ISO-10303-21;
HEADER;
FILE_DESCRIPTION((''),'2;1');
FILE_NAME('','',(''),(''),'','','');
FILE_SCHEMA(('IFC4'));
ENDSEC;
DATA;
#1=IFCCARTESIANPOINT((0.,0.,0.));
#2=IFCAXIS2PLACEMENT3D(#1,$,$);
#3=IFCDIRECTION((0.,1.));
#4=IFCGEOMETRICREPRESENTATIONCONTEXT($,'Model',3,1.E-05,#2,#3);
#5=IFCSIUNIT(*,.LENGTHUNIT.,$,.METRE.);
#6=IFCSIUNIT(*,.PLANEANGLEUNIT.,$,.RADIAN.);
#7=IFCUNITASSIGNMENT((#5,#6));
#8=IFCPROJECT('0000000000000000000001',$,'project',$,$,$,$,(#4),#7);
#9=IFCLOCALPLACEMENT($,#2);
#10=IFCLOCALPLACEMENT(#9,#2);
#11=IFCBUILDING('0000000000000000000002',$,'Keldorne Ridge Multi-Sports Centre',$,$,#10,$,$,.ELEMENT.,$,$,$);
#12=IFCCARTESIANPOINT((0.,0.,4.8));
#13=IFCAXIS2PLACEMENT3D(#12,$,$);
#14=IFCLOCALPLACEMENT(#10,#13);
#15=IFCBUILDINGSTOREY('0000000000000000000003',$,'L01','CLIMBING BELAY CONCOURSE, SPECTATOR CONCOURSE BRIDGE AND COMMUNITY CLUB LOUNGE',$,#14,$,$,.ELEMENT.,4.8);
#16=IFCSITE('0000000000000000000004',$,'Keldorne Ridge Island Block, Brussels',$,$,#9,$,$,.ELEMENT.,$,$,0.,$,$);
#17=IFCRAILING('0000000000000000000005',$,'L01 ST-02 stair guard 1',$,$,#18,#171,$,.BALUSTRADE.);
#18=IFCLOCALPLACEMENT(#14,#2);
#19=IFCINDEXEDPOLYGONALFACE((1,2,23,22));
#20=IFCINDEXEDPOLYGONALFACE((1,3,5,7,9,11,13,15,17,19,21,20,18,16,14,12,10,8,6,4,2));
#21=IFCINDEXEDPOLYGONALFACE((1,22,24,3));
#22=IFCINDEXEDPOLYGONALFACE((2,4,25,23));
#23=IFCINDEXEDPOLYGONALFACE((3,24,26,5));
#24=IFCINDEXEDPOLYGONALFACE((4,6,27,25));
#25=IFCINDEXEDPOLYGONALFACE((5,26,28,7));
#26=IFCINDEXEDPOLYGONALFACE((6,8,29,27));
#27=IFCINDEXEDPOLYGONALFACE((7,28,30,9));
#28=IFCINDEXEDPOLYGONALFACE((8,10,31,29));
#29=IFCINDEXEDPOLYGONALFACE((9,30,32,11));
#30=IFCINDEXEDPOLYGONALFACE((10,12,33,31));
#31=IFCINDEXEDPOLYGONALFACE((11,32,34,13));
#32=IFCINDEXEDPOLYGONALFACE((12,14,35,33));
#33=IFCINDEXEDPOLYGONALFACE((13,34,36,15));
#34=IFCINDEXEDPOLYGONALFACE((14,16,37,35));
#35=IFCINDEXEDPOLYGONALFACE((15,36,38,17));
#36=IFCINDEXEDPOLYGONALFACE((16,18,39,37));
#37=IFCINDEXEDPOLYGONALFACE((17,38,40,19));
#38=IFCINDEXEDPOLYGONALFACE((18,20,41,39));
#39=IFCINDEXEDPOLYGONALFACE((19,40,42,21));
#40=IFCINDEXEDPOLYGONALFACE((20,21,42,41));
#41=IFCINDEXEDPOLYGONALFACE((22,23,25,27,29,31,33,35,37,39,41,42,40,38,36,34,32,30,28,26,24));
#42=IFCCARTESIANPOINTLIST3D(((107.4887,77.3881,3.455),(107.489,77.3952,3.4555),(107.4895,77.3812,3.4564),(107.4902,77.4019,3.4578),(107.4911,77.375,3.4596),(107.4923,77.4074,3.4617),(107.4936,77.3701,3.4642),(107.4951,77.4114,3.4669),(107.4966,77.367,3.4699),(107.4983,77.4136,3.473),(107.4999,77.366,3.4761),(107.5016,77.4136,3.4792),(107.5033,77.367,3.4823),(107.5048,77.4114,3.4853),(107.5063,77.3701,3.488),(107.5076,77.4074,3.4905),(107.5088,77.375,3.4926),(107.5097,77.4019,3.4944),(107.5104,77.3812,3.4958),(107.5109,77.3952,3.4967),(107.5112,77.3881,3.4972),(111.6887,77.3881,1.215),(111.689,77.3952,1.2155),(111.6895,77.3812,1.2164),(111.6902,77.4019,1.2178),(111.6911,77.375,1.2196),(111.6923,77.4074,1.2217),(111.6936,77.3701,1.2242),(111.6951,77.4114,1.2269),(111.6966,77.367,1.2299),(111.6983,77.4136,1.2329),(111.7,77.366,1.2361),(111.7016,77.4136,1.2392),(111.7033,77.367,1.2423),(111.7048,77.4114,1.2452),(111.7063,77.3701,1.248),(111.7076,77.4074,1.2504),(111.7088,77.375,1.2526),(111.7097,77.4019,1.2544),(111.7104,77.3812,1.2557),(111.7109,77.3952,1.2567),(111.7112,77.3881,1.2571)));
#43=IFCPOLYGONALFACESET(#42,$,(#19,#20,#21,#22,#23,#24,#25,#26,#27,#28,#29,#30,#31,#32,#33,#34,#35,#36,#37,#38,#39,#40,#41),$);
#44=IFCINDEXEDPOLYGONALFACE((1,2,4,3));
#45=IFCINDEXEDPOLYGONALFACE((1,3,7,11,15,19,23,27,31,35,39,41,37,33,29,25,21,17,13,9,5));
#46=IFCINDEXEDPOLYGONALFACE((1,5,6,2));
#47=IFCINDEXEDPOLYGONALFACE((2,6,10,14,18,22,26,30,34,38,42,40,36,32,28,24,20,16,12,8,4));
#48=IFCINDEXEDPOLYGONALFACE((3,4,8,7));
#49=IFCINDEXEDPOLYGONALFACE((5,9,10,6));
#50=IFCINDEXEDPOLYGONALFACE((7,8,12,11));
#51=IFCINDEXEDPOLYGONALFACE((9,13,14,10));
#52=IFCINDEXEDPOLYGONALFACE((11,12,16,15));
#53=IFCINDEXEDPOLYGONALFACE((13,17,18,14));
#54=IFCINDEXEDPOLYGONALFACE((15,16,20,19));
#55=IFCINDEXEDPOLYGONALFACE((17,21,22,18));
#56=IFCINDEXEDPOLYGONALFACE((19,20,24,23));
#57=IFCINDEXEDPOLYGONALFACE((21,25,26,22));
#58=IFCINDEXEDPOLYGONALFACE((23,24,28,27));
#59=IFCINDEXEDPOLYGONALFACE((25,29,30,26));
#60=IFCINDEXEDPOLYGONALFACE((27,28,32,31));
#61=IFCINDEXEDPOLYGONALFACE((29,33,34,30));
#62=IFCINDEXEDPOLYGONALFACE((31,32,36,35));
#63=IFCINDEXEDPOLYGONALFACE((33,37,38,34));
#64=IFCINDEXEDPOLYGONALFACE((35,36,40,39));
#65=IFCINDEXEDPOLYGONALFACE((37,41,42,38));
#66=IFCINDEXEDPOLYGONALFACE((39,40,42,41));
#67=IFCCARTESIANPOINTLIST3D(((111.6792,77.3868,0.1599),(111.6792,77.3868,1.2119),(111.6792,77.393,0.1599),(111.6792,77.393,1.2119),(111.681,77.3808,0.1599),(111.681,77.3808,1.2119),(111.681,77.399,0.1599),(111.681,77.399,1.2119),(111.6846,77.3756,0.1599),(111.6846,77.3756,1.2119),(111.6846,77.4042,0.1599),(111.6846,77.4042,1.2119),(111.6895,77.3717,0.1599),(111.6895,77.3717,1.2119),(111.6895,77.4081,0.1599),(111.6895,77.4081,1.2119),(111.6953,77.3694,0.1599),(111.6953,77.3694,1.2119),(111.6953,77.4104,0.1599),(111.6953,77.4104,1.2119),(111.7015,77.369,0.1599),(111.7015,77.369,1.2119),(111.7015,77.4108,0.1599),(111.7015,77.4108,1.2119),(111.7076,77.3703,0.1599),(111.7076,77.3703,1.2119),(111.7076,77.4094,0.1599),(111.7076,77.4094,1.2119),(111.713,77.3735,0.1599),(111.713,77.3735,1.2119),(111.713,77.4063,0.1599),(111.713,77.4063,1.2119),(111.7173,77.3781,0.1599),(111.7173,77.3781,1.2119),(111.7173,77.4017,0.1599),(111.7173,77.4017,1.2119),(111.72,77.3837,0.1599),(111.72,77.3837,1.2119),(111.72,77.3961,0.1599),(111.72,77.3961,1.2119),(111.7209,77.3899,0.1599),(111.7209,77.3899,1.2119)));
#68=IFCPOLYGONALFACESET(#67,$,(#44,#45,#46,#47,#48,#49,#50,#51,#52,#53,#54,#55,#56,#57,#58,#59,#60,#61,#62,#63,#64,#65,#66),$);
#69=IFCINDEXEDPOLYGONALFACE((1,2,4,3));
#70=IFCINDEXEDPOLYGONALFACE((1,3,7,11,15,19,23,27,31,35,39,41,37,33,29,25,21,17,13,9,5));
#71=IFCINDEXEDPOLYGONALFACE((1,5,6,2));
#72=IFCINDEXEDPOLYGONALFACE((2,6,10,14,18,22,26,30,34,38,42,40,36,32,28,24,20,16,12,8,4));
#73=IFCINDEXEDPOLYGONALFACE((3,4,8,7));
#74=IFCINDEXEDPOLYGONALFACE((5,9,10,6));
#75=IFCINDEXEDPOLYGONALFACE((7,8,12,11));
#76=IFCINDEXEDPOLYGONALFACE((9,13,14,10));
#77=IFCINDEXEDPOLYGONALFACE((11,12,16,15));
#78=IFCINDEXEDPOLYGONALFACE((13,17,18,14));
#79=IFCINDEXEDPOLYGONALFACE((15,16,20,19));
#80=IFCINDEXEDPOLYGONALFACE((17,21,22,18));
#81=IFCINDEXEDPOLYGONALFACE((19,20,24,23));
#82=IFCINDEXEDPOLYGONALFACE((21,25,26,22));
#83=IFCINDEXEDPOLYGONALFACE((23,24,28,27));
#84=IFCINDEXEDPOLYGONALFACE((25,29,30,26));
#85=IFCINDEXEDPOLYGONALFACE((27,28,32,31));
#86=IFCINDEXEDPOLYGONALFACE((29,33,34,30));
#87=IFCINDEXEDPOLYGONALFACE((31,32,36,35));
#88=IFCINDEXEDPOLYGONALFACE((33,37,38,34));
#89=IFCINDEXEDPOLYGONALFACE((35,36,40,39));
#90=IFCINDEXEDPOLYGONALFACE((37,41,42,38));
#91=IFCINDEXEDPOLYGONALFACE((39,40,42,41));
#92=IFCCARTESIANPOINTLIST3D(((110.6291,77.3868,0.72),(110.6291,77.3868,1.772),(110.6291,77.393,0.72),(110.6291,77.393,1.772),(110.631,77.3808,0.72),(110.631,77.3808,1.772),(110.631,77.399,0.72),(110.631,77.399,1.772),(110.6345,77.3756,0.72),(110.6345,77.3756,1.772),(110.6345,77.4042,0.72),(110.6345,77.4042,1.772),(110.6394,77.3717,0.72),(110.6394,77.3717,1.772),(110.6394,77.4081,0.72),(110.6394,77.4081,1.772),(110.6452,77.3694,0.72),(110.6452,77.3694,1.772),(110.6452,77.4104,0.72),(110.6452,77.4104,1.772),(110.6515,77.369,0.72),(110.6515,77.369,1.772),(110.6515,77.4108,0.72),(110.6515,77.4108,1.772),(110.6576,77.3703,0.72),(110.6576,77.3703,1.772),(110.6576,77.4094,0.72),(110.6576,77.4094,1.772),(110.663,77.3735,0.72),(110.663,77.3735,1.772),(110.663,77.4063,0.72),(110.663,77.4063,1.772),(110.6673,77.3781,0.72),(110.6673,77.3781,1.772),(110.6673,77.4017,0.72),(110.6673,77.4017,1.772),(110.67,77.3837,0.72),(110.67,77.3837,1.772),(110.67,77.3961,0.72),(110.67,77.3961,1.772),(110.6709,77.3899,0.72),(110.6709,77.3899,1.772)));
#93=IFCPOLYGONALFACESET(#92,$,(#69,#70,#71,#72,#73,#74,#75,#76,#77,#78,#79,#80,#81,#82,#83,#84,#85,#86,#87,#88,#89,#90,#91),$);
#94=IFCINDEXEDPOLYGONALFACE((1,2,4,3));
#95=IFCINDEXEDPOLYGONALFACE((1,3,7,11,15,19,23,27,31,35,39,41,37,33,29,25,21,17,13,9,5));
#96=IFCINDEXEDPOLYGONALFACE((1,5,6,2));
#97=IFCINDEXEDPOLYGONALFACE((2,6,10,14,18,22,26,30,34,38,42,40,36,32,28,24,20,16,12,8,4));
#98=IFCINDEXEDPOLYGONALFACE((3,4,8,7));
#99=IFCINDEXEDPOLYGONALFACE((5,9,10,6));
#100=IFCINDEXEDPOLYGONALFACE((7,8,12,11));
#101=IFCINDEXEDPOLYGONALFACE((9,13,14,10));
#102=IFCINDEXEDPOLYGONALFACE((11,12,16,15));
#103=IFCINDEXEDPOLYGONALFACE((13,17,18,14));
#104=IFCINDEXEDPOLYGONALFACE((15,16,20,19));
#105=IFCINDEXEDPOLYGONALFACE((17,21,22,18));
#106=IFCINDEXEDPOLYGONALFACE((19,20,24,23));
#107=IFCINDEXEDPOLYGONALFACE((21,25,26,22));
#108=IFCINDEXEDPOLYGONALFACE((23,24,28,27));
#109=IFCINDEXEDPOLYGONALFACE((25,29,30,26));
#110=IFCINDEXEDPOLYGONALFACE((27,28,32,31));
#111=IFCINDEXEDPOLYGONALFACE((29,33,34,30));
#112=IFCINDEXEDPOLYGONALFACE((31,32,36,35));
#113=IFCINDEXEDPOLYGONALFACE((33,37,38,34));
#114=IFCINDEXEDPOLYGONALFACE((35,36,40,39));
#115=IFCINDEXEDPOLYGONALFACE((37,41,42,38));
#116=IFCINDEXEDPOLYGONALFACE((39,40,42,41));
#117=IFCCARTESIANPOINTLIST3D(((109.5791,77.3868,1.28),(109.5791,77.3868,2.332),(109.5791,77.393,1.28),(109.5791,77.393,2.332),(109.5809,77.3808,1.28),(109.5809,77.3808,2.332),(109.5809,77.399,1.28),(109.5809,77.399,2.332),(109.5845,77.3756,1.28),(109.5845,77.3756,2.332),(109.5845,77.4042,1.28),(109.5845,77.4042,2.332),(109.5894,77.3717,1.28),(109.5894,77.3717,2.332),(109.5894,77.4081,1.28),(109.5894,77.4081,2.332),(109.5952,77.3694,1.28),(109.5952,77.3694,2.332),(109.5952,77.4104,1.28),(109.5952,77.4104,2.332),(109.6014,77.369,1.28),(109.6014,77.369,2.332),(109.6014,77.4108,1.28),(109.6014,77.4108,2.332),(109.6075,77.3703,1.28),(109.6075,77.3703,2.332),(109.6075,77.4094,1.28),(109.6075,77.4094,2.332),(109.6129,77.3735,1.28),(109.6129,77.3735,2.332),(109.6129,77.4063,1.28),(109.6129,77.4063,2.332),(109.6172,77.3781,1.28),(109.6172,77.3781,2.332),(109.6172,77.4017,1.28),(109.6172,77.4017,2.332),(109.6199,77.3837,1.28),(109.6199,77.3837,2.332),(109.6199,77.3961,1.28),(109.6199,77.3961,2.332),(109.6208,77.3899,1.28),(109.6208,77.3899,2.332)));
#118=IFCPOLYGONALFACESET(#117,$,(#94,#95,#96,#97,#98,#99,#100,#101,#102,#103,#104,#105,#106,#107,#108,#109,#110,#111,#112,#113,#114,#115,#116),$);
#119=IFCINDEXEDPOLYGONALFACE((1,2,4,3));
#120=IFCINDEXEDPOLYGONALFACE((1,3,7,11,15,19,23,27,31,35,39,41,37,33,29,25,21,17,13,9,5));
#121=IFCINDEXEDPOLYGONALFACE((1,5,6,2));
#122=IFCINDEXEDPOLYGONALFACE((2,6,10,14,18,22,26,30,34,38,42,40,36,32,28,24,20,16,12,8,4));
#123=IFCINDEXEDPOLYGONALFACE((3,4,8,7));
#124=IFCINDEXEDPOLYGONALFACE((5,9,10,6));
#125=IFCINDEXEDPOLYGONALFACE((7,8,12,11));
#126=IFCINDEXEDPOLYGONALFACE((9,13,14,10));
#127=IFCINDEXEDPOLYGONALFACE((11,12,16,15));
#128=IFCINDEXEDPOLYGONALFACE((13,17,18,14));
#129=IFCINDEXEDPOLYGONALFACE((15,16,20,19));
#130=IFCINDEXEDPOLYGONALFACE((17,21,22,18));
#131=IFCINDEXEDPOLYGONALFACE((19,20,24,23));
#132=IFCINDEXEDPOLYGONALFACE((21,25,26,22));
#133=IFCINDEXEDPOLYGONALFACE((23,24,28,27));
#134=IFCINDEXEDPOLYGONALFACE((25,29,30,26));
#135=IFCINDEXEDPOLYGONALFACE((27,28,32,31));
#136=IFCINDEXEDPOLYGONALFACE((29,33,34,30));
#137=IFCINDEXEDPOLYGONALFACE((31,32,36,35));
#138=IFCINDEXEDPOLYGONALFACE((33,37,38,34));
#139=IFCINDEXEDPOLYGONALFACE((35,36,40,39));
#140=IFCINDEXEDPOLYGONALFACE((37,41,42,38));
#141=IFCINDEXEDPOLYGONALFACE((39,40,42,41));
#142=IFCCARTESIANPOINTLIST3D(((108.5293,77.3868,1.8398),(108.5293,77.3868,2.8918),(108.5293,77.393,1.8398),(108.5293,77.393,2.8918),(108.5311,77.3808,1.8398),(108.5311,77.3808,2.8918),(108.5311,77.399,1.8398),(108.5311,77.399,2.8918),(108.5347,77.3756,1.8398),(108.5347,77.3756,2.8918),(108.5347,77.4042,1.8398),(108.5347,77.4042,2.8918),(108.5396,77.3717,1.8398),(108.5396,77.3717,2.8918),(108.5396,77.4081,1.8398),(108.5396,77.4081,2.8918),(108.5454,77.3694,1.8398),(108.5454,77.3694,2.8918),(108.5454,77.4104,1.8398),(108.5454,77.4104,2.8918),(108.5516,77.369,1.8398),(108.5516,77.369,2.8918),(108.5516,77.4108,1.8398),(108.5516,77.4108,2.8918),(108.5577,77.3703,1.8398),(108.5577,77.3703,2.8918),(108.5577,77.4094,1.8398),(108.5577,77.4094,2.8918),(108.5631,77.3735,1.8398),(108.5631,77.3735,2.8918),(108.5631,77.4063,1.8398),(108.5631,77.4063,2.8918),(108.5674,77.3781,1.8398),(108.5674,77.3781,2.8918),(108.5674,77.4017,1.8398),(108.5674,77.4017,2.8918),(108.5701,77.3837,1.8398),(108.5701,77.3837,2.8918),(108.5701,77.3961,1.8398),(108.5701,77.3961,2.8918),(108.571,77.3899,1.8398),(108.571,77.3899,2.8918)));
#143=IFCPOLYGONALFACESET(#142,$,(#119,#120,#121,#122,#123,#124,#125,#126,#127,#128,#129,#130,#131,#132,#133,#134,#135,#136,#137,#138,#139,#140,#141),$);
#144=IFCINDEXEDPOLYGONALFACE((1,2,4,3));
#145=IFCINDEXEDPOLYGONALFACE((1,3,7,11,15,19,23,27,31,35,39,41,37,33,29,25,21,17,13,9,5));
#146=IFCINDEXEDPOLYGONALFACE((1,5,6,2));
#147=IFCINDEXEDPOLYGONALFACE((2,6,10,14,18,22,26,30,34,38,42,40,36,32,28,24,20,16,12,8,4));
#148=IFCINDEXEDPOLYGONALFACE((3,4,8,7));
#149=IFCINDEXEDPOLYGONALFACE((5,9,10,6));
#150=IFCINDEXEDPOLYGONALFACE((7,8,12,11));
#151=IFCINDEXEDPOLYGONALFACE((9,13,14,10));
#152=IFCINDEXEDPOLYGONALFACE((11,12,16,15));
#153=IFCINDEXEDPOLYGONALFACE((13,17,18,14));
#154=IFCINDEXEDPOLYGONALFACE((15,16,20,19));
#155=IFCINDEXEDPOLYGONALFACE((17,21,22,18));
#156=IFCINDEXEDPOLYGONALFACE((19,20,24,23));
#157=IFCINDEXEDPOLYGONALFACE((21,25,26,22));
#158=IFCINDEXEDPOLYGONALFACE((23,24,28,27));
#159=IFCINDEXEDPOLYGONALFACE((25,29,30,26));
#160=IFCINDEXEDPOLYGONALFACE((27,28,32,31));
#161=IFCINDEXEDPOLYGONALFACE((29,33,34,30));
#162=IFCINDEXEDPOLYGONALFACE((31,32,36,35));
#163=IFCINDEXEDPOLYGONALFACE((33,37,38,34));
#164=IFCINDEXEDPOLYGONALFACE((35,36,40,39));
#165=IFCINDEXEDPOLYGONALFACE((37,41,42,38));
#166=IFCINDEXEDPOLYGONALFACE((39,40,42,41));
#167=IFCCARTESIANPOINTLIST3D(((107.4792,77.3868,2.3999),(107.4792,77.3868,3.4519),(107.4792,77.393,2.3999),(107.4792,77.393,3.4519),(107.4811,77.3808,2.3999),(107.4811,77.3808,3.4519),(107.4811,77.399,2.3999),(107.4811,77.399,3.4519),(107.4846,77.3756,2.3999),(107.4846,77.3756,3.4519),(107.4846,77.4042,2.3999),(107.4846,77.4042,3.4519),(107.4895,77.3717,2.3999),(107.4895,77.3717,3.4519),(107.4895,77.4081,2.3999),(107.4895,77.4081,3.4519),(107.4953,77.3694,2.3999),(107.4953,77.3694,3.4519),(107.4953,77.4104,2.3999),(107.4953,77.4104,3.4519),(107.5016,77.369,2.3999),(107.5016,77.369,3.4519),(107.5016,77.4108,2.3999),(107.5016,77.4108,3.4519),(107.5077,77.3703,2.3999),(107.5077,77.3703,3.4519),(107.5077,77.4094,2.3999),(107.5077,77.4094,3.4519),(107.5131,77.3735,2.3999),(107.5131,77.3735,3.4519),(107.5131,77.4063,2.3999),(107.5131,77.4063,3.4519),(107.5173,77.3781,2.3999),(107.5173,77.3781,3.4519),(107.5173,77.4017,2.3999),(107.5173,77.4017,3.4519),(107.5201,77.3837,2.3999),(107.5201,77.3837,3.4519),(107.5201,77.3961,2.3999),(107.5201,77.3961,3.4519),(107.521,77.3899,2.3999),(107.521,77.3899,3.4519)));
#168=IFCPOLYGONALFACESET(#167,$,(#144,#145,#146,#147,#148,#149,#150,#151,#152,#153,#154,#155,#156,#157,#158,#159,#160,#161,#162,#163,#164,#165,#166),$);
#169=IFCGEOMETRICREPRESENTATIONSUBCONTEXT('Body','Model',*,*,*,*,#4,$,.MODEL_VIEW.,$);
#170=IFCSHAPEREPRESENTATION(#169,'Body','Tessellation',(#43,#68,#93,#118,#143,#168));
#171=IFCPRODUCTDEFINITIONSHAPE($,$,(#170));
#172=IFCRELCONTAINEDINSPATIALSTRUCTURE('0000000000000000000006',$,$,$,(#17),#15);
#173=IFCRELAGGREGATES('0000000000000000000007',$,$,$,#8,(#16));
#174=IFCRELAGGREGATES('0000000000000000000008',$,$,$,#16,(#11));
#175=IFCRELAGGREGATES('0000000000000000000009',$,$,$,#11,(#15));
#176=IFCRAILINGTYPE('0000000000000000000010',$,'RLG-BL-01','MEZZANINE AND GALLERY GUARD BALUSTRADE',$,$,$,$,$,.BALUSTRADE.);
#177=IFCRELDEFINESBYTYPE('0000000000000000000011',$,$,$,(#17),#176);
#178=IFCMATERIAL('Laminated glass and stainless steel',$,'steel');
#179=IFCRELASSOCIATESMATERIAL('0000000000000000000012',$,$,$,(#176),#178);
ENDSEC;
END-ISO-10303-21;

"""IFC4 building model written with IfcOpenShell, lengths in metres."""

from ifc_helpers import new_model, si_unit, direction, frame, origin, origin_2d, place, context, subcontext, project, spatial, circle, extrude, material, type_object, element, save


model = new_model("IFC4")

# Units and contexts
model_context = context("Model", 3, precision=1e-05, world=origin(), true_north=direction((0.0, 1.0)))
body_context = subcontext(model_context, "Body", "Model", "MODEL_VIEW")
ifc_project = project(units=[si_unit("LENGTHUNIT", "METRE"), si_unit("PLANEANGLEUNIT", "RADIAN")], contexts=[model_context])

# Site, building, storey
site_placement = place(None, origin())
site = spatial("IfcSite", under=ifc_project, at=site_placement, Name="Keldorne Ridge Island Block, Brussels", CompositionType="ELEMENT", RefElevation=0.0)
building_placement = place(site_placement, origin())
building = spatial("IfcBuilding", under=site, at=building_placement, Name="Keldorne Ridge Multi-Sports Centre", CompositionType="ELEMENT")
storey_placement = place(building_placement, frame((0.0, 0.0, 4.8)))
storey = spatial("IfcBuildingStorey", under=building, at=storey_placement, Name="L01", Description="CLIMBING BELAY CONCOURSE, SPECTATOR CONCOURSE BRIDGE AND COMMUNITY CLUB LOUNGE", CompositionType="ELEMENT", Elevation=4.8)

# Railing
ifc_material_1 = material(Name="Laminated glass and stainless steel", Category="steel")
railing_type_1 = type_object("IfcRailingType", Name="RLG-BL-01", Description="MEZZANINE AND GALLERY GUARD BALUSTRADE", PredefinedType="BALUSTRADE", material=ifc_material_1)
railing_1_placement = place(storey_placement, frame((111.7, 77.3899, 0.1599)))
element("IfcRailing", 1, at=railing_1_placement, inside=storey, type_object=railing_type_1, Name="L01 ST-02 stair guard 1", PredefinedType="BALUSTRADE", context=body_context, shape_type="SweptSolid", body=[
    extrude(circle(Radius=0.0239, at=origin_2d()), frame((0.0, 0.0, 1.0762), z_axis=(-0.882352, 0.0, 0.470591), x_axis=(0.0, -1.0, 0.0)), (0.0, 0.0, 1.0), 4.76),
    extrude(circle(Radius=0.021, at=origin_2d()), origin(), (0.0, 0.0, 1.0), 1.052),
    extrude(circle(Radius=0.021, at=origin_2d()), frame((-1.05, 0.0, 0.5601)), (0.0, 0.0, 1.0), 1.052),
    extrude(circle(Radius=0.021, at=origin_2d()), frame((-2.1001, 0.0, 1.1201)), (0.0, 0.0, 1.0), 1.052),
    extrude(circle(Radius=0.021, at=origin_2d()), frame((-3.1499, 0.0, 1.6799)), (0.0, 0.0, 1.0), 1.052),
    extrude(circle(Radius=0.021, at=origin_2d()), frame((-4.2, 0.0, 2.24)), (0.0, 0.0, 1.0), 1.052),
])

save(model, "model.ifc")
